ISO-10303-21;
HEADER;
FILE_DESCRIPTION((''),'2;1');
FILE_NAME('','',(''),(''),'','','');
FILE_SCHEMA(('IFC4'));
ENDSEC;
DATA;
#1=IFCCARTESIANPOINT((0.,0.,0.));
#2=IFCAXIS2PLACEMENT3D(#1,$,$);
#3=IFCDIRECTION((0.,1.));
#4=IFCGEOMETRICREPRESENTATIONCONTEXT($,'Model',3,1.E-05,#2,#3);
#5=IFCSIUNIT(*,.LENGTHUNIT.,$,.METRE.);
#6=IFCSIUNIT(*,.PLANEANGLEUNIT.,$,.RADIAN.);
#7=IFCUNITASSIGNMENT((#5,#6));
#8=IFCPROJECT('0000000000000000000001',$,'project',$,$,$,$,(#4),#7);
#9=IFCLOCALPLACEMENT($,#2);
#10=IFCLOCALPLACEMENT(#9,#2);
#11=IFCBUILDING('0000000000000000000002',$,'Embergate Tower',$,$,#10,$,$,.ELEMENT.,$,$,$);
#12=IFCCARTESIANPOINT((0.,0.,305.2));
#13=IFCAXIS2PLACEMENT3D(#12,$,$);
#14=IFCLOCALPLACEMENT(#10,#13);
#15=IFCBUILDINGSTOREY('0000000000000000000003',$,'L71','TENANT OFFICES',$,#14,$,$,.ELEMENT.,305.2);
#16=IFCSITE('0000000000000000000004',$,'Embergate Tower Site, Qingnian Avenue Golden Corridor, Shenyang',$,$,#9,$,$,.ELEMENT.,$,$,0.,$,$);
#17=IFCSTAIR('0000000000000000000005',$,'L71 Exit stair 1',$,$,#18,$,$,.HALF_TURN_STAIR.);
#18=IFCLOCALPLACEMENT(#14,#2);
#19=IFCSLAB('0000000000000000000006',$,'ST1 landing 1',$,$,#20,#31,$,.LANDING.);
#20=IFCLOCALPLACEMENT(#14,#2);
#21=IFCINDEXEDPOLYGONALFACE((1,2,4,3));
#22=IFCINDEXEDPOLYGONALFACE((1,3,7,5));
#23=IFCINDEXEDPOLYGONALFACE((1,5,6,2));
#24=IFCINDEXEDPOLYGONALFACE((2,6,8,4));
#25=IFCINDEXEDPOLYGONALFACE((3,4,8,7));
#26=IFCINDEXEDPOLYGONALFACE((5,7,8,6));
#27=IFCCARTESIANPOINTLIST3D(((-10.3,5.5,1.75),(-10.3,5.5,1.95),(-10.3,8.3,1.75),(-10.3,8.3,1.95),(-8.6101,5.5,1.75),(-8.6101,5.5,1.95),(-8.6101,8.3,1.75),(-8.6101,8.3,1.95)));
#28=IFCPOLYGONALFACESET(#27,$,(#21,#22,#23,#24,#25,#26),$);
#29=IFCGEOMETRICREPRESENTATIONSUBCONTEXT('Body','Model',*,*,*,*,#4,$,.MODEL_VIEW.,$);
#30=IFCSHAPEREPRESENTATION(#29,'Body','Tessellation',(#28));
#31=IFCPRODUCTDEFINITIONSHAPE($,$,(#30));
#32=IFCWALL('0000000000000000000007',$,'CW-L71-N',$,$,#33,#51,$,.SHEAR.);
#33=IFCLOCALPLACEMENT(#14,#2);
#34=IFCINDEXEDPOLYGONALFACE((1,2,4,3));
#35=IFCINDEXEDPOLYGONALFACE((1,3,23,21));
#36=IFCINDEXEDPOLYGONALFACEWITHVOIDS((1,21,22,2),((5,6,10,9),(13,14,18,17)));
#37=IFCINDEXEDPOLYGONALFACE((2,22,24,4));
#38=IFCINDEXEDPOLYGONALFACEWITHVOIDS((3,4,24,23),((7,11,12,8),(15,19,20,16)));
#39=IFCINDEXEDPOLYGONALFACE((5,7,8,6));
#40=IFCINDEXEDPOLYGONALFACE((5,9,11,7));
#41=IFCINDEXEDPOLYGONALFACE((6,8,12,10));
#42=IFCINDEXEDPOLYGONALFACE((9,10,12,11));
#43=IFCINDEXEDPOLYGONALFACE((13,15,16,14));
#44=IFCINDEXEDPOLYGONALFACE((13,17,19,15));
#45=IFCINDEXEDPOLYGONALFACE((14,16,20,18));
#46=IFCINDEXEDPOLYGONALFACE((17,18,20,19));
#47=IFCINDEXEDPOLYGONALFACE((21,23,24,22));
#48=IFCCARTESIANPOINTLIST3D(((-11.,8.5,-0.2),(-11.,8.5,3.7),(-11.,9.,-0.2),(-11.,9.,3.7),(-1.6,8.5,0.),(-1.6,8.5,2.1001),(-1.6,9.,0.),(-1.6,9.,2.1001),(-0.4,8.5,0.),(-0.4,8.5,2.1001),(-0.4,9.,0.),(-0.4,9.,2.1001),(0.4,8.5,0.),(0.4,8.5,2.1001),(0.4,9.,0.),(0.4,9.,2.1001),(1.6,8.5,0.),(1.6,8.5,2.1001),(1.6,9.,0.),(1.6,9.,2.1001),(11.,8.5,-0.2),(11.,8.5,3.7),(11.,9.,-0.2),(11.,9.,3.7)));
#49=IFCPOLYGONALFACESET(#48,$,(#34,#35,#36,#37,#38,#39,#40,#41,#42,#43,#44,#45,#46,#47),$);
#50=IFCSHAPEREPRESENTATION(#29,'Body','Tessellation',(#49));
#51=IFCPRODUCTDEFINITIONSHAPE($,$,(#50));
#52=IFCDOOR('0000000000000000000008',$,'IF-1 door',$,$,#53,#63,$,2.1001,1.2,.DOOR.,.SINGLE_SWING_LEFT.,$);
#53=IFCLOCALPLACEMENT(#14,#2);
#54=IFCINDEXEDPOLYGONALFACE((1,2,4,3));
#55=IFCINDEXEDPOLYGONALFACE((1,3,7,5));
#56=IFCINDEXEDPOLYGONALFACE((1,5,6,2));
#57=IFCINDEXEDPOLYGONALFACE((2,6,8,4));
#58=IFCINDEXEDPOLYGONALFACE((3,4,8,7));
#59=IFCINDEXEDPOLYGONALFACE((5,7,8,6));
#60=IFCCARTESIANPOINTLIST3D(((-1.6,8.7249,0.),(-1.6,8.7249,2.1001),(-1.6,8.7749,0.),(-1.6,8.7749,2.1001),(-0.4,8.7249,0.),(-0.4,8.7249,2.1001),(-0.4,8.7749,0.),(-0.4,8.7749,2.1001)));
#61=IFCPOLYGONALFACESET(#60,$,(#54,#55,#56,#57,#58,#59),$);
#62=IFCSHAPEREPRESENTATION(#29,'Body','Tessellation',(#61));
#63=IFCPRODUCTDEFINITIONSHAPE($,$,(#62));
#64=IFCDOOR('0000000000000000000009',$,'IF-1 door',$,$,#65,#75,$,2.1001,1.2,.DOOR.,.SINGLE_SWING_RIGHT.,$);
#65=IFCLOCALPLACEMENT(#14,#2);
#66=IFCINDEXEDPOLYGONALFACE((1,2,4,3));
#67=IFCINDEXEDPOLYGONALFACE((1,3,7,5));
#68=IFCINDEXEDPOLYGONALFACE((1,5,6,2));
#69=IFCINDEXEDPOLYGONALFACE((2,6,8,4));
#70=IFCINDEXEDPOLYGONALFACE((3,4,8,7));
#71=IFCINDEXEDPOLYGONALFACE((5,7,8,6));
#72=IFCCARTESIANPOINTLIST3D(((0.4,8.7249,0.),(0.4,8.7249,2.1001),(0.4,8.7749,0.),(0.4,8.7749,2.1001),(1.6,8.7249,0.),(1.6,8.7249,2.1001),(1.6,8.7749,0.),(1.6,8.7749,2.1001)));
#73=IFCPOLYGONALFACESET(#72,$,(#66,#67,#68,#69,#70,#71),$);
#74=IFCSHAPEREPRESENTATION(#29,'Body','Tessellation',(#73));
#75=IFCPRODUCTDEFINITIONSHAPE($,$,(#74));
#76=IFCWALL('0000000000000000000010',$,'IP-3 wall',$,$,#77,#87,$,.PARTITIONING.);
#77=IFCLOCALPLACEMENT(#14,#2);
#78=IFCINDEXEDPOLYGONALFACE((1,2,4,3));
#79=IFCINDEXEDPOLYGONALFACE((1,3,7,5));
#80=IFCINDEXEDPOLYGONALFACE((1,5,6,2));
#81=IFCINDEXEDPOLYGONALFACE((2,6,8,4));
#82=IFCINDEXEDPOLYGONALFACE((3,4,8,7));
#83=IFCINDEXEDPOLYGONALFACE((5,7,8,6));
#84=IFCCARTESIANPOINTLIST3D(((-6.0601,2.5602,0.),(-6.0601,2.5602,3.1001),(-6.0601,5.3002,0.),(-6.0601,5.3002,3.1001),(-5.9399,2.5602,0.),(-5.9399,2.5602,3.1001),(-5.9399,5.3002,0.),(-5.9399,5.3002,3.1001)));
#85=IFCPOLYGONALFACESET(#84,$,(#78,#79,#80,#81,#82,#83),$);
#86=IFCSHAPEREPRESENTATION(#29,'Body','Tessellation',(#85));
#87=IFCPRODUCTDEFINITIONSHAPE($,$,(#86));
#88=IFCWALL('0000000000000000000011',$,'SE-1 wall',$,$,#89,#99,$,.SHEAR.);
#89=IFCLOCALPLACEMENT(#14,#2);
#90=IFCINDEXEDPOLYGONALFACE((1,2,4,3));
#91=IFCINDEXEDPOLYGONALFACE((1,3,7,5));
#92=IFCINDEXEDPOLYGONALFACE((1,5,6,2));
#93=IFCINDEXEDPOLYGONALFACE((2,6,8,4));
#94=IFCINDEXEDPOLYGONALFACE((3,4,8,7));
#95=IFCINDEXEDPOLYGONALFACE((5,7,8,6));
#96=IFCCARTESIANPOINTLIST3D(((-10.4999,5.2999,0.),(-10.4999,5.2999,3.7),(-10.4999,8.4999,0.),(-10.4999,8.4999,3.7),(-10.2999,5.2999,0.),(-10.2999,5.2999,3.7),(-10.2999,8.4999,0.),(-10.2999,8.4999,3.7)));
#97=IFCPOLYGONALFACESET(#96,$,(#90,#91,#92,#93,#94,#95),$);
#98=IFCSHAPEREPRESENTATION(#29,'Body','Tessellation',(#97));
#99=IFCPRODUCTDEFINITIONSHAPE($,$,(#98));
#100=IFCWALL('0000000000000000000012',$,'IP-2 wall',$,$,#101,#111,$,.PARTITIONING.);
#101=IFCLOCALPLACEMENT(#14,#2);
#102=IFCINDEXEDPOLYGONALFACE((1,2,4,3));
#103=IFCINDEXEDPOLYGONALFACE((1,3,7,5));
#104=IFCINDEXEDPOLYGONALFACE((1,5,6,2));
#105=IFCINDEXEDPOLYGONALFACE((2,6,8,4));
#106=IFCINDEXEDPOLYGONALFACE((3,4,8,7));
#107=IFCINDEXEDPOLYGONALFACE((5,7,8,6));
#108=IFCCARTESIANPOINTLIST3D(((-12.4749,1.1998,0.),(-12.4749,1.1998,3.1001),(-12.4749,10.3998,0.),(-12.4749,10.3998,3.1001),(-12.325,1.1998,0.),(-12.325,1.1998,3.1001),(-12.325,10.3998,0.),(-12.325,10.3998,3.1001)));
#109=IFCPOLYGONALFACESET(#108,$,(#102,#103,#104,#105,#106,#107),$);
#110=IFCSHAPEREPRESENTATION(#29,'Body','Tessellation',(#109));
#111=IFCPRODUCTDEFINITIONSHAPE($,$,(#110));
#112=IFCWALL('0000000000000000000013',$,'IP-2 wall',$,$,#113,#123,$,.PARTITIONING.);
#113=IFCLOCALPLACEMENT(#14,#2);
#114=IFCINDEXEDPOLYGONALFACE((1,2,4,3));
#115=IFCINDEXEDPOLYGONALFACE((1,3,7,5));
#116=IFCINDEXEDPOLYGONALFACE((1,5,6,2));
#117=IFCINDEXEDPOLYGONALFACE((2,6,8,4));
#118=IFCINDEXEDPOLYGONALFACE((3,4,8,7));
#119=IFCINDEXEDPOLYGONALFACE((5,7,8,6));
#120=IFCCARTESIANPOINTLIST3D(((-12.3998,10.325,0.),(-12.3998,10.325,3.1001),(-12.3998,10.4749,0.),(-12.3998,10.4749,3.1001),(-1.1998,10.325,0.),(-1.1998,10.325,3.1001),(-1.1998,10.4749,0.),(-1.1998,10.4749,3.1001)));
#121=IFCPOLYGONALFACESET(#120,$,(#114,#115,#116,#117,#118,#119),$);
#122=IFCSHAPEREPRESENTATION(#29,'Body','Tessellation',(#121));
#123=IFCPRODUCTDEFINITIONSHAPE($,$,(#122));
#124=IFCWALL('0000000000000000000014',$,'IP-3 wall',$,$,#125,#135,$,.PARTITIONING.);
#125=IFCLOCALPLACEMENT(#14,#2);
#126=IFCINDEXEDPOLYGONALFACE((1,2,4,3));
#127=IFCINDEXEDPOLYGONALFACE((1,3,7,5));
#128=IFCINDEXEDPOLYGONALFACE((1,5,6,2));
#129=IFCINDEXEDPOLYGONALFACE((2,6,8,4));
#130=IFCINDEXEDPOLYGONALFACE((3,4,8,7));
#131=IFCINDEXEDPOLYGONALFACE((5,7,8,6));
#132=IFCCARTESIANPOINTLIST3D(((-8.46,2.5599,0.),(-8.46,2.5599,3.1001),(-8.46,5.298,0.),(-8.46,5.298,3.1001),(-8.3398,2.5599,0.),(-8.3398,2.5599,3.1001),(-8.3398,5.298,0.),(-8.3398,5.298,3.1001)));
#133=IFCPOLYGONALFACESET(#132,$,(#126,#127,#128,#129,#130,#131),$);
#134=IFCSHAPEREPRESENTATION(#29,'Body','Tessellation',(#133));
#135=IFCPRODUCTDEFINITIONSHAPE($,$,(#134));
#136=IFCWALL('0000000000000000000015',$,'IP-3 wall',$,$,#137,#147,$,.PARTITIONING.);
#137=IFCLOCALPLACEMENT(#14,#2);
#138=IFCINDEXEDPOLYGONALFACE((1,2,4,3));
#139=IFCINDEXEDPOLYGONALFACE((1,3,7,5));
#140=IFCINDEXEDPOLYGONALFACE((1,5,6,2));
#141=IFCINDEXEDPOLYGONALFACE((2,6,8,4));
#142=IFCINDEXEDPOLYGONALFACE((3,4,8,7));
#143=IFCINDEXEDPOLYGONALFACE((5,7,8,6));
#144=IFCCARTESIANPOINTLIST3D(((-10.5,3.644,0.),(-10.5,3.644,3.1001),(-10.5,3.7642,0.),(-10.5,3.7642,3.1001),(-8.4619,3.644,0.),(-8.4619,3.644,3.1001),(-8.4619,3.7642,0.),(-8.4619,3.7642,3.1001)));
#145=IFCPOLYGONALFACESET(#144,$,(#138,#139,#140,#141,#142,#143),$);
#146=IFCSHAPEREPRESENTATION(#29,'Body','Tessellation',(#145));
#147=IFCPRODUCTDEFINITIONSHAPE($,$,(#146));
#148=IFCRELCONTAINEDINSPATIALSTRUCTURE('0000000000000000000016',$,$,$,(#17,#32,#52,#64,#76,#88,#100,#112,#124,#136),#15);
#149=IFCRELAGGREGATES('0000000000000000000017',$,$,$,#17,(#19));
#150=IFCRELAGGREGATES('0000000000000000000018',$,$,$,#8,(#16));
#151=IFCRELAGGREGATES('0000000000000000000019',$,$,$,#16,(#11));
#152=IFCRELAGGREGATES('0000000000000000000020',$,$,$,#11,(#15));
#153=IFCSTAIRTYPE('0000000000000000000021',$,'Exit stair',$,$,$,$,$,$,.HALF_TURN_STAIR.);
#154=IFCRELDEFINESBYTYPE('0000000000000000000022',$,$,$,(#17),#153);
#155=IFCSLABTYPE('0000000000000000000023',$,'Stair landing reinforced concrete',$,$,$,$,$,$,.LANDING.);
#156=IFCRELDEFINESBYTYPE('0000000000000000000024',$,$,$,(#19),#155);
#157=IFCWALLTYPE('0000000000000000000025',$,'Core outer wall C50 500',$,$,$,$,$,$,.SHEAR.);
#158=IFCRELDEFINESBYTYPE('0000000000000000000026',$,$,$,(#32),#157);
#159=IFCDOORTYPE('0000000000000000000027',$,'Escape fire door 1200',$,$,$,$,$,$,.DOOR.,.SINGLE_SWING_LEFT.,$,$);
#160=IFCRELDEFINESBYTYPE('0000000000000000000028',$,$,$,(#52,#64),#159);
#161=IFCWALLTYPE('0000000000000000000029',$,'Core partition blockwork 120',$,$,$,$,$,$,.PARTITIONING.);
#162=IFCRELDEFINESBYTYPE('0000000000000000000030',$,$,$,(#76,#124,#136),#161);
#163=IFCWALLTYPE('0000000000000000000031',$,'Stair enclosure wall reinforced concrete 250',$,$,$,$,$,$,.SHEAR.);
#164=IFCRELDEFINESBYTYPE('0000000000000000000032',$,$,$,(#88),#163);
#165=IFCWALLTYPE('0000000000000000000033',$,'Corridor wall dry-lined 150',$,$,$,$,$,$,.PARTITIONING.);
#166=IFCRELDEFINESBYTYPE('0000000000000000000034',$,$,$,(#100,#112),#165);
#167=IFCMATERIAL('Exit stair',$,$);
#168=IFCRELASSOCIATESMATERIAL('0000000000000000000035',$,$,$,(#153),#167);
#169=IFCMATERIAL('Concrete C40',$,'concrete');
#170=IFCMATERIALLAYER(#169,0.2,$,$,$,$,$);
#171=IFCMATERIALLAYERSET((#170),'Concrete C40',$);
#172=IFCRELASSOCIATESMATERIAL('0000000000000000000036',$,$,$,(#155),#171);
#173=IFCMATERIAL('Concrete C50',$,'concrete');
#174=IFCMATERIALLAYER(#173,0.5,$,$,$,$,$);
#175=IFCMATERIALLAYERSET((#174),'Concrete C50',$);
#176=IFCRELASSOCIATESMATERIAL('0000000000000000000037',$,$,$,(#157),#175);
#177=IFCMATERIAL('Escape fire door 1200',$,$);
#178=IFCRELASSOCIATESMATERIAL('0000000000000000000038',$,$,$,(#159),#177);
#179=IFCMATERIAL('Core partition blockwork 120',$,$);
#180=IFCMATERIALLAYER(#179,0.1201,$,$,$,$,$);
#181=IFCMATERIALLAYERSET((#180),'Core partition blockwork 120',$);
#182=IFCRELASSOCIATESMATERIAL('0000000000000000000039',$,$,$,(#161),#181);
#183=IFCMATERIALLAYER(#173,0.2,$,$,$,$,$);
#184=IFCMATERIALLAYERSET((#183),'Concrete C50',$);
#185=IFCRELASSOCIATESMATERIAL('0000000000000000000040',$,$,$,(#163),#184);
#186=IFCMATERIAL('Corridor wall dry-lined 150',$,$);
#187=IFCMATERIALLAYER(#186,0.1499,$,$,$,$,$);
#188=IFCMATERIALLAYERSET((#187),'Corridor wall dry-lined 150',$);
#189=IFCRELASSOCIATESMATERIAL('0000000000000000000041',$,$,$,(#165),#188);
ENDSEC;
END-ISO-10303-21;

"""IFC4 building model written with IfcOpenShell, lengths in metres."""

from ifc_helpers import new_model, si_unit, direction, frame, frame_2d, origin, place, context, subcontext, project, spatial, polyline, rectangle, outline, extrude, source, transform, mapped, material, layer, layer_set, type_object, element, fill, aggregate, save


model = new_model("IFC4")

# Units and contexts
model_context = context("Model", 3, precision=1e-05, world=origin(), true_north=direction((0.0, 1.0)))
body_context = subcontext(model_context, "Body", "Model", "MODEL_VIEW")
ifc_project = project(units=[si_unit("LENGTHUNIT", "METRE"), si_unit("PLANEANGLEUNIT", "RADIAN")], contexts=[model_context])

# Site, building, storey
site_placement = place(None, origin())
site = spatial("IfcSite", under=ifc_project, at=site_placement, Name="Embergate Tower Site, Qingnian Avenue Golden Corridor, Shenyang", CompositionType="ELEMENT", RefElevation=0.0)
building_placement = place(site_placement, origin())
building = spatial("IfcBuilding", under=site, at=building_placement, Name="Embergate Tower", CompositionType="ELEMENT")
storey_placement = place(building_placement, frame((0.0, 0.0, 305.2)))
storey = spatial("IfcBuildingStorey", under=building, at=storey_placement, Name="L71", Description="TENANT OFFICES", CompositionType="ELEMENT", Elevation=305.2)

# Stair, slab
ifc_material_1 = material(Name="Exit stair")
stair_type = type_object("IfcStairType", Name="Exit stair", PredefinedType="HALF_TURN_STAIR", material=ifc_material_1)
stair_placement = place(storey_placement, origin())
stair = element("IfcStair", 1, at=stair_placement, inside=storey, type_object=stair_type, Name="L71 Exit stair 1", PredefinedType="HALF_TURN_STAIR")
ifc_material_2 = material(Name="Concrete C40", Category="concrete")
ifc_layer_1 = layer(ifc_material_2, 0.2)
ifc_layer_set_1 = layer_set([ifc_layer_1], Name="Concrete C40")
slab_type = type_object("IfcSlabType", Name="Stair landing reinforced concrete", PredefinedType="LANDING", material=ifc_layer_set_1)
shared_shape_1 = source(origin(), body_context, "Body", "SweptSolid", [
    extrude(outline(polyline([(0.0, 0.0), (1.6899, 0.0), (1.6899, 2.8), (0.0, 2.8), (0.0, 0.0)])), origin(), (0.0, 0.0, 1.0), 0.2),
])
slab_placement = place(storey_placement, frame((-10.3, 5.5, 1.75)))
slab = element("IfcSlab", 2, at=slab_placement, type_object=slab_type, Name="ST1 landing 1", PredefinedType="LANDING", context=body_context, shape_type="MappedRepresentation", body=[
    mapped(shared_shape_1, transform((0.0, 0.0, 0.0))),
])

# Wall, openings, doors
ifc_material_3 = material(Name="Concrete C50", Category="concrete")
ifc_layer_2 = layer(ifc_material_3, 0.5)
ifc_layer_set_2 = layer_set([ifc_layer_2], Name="Concrete C50")
wall_type_1 = type_object("IfcWallType", Name="Core outer wall C50 500", PredefinedType="SHEAR", material=ifc_layer_set_2)
shared_shape_2 = source(origin(), body_context, "Body", "SweptSolid", [
    extrude(rectangle(XDim=22.0, YDim=0.5, at=frame_2d((11.0, 0.0))), origin(), (0.0, 0.0, 1.0), 3.8999),
])
wall_1_placement = place(storey_placement, frame((-11.0, 8.75, -0.2), z_axis=(0.0, 0.0, 1.0), x_axis=(1.0, 0.0, 0.0)))
wall_1 = element("IfcWall", 3, at=wall_1_placement, inside=storey, type_object=wall_type_1, Name="CW-L71-N", PredefinedType="SHEAR", context=body_context, shape_type="MappedRepresentation", body=[
    mapped(shared_shape_2, transform((0.0, 0.0, 0.0))),
])
shared_shape_3 = source(origin(), body_context, "Body", "SweptSolid", [
    extrude(rectangle(XDim=1.2, YDim=2.1001, at=frame_2d((0.6001, 1.05))), frame((0.0, 0.26, 0.0), z_axis=(0.0, -1.0, 0.0), x_axis=(1.0, 0.0, 0.0)), (0.0, 0.0, 1.0), 0.52),
])
opening_1_placement = place(wall_1_placement, frame((9.3999, 0.0, 0.2)))
opening_1 = element("IfcOpeningElement", 4, at=opening_1_placement, cuts=wall_1, PredefinedType="OPENING", context=body_context, shape_type="MappedRepresentation", body=[
    mapped(shared_shape_3, transform((0.0, 0.0, 0.0))),
])
opening_2_placement = place(wall_1_placement, frame((11.3999, 0.0, 0.2)))
opening_2 = element("IfcOpeningElement", 5, at=opening_2_placement, cuts=wall_1, PredefinedType="OPENING", context=body_context, shape_type="MappedRepresentation", body=[
    mapped(shared_shape_3, transform((0.0, 0.0, 0.0))),
])
ifc_material_4 = material(Name="Escape fire door 1200")
door_type_1 = type_object("IfcDoorType", Name="Escape fire door 1200", OperationType="SINGLE_SWING_LEFT", PredefinedType="DOOR", material=ifc_material_4)
shared_shape_4 = source(origin(), body_context, "Body", "SweptSolid", [
    extrude(rectangle(XDim=1.2, YDim=2.1001, at=frame_2d((0.6001, 1.05))), frame((0.0, 0.0249, 0.0), z_axis=(0.0, -1.0, 0.0), x_axis=(1.0, 0.0, 0.0)), (0.0, 0.0, 1.0), 0.05),
])
door_1_placement = place(opening_1_placement, origin())
door_1 = element("IfcDoor", 6, at=door_1_placement, inside=storey, type_object=door_type_1, Name="IF-1 door", OperationType="SINGLE_SWING_LEFT", OverallHeight=2.1001, OverallWidth=1.2, PredefinedType="DOOR", context=body_context, shape_type="MappedRepresentation", body=[
    mapped(shared_shape_4, transform((0.0, 0.0, 0.0))),
])
fill(opening_1, door_1)
door_2_placement = place(opening_2_placement, origin())
door_2 = element("IfcDoor", 7, at=door_2_placement, inside=storey, type_object=door_type_1, Name="IF-1 door", OperationType="SINGLE_SWING_RIGHT", OverallHeight=2.1001, OverallWidth=1.2, PredefinedType="DOOR", context=body_context, shape_type="MappedRepresentation", body=[
    mapped(shared_shape_4, transform((0.0, 0.0, 0.0))),
])
fill(opening_2, door_2)

# Walls
ifc_material_5 = material(Name="Core partition blockwork 120")
ifc_layer_3 = layer(ifc_material_5, 0.1201)
ifc_layer_set_3 = layer_set([ifc_layer_3], Name="Core partition blockwork 120")
wall_type_2 = type_object("IfcWallType", Name="Core partition blockwork 120", PredefinedType="PARTITIONING", material=ifc_layer_set_3)
shared_shape_5 = source(origin(), body_context, "Body", "SweptSolid", [
    extrude(rectangle(XDim=2.74, YDim=0.1201, at=frame_2d((1.3701, 0.0))), origin(), (0.0, 0.0, 1.0), 3.1001),
])
wall_2_placement = place(storey_placement, frame((-6.0, 2.5601, 0.0), z_axis=(0.0, 0.0, 1.0), x_axis=(0.0, 1.0, 0.0)))
element("IfcWall", 8, at=wall_2_placement, inside=storey, type_object=wall_type_2, Name="IP-3 wall", PredefinedType="PARTITIONING", context=body_context, shape_type="MappedRepresentation", body=[
    mapped(shared_shape_5, transform((0.0, 0.0, 0.0))),
])
ifc_layer_4 = layer(ifc_material_3, 0.2)
ifc_layer_set_4 = layer_set([ifc_layer_4], Name="Concrete C50")
wall_type_3 = type_object("IfcWallType", Name="Stair enclosure wall reinforced concrete 250", PredefinedType="SHEAR", material=ifc_layer_set_4)
shared_shape_6 = source(origin(), body_context, "Body", "SweptSolid", [
    extrude(rectangle(XDim=3.2, YDim=0.2, at=frame_2d((1.6001, 0.0))), origin(), (0.0, 0.0, 1.0), 3.7),
])
wall_3_placement = place(storey_placement, frame((-10.3999, 8.5, 0.0), z_axis=(0.0, 0.0, 1.0), x_axis=(0.0, -1.0, 0.0)))
element("IfcWall", 9, at=wall_3_placement, inside=storey, type_object=wall_type_3, Name="SE-1 wall", PredefinedType="SHEAR", context=body_context, shape_type="MappedRepresentation", body=[
    mapped(shared_shape_6, transform((0.0, 0.0, 0.0))),
])
ifc_material_6 = material(Name="Corridor wall dry-lined 150")
ifc_layer_5 = layer(ifc_material_6, 0.1499)
ifc_layer_set_5 = layer_set([ifc_layer_5], Name="Corridor wall dry-lined 150")
wall_type_4 = type_object("IfcWallType", Name="Corridor wall dry-lined 150", PredefinedType="PARTITIONING", material=ifc_layer_set_5)
shared_shape_7 = source(origin(), body_context, "Body", "SweptSolid", [
    extrude(rectangle(XDim=9.2, YDim=0.1499, at=frame_2d((4.6001, 0.0))), origin(), (0.0, 0.0, 1.0), 3.1001),
])
wall_4_placement = place(storey_placement, frame((-12.3999, 10.3999, 0.0), z_axis=(0.0, 0.0, 1.0), x_axis=(0.0, -1.0, 0.0)))
element("IfcWall", 10, at=wall_4_placement, inside=storey, type_object=wall_type_4, Name="IP-2 wall", PredefinedType="PARTITIONING", context=body_context, shape_type="MappedRepresentation", body=[
    mapped(shared_shape_7, transform((0.0, 0.0, 0.0))),
])
shared_shape_8 = source(origin(), body_context, "Body", "SweptSolid", [
    extrude(rectangle(XDim=11.2, YDim=0.1499, at=frame_2d((5.6001, 0.0))), origin(), (0.0, 0.0, 1.0), 3.1001),
])
wall_5_placement = place(storey_placement, frame((-12.3999, 10.3999, 0.0), z_axis=(0.0, 0.0, 1.0), x_axis=(1.0, 0.0, 0.0)))
element("IfcWall", 11, at=wall_5_placement, inside=storey, type_object=wall_type_4, Name="IP-2 wall", PredefinedType="PARTITIONING", context=body_context, shape_type="MappedRepresentation", body=[
    mapped(shared_shape_8, transform((0.0, 0.0, 0.0))),
])
shared_shape_9 = source(origin(), body_context, "Body", "SweptSolid", [
    extrude(rectangle(XDim=2.738, YDim=0.1201, at=frame_2d((1.3691, 0.0))), origin(), (0.0, 0.0, 1.0), 3.1001),
])
wall_6_placement = place(storey_placement, frame((-8.3999, 5.2981, 0.0), z_axis=(0.0, 0.0, 1.0), x_axis=(0.0, -1.0, 0.0)))
element("IfcWall", 12, at=wall_6_placement, inside=storey, type_object=wall_type_2, Name="IP-3 wall", PredefinedType="PARTITIONING", context=body_context, shape_type="MappedRepresentation", body=[
    mapped(shared_shape_9, transform((0.0, 0.0, 0.0))),
])
shared_shape_10 = source(origin(), body_context, "Body", "SweptSolid", [
    extrude(rectangle(XDim=2.0381, YDim=0.1201, at=frame_2d((1.019, 0.0))), origin(), (0.0, 0.0, 1.0), 3.1001),
])
wall_7_placement = place(storey_placement, frame((-8.4619, 3.7041, 0.0), z_axis=(0.0, 0.0, 1.0), x_axis=(-1.0, 0.0, 0.0)))
element("IfcWall", 13, at=wall_7_placement, inside=storey, type_object=wall_type_2, Name="IP-3 wall", PredefinedType="PARTITIONING", context=body_context, shape_type="MappedRepresentation", body=[
    mapped(shared_shape_10, transform((0.0, 0.0, 0.0))),
])

aggregate(stair, [slab])

save(model, "model.ifc")
